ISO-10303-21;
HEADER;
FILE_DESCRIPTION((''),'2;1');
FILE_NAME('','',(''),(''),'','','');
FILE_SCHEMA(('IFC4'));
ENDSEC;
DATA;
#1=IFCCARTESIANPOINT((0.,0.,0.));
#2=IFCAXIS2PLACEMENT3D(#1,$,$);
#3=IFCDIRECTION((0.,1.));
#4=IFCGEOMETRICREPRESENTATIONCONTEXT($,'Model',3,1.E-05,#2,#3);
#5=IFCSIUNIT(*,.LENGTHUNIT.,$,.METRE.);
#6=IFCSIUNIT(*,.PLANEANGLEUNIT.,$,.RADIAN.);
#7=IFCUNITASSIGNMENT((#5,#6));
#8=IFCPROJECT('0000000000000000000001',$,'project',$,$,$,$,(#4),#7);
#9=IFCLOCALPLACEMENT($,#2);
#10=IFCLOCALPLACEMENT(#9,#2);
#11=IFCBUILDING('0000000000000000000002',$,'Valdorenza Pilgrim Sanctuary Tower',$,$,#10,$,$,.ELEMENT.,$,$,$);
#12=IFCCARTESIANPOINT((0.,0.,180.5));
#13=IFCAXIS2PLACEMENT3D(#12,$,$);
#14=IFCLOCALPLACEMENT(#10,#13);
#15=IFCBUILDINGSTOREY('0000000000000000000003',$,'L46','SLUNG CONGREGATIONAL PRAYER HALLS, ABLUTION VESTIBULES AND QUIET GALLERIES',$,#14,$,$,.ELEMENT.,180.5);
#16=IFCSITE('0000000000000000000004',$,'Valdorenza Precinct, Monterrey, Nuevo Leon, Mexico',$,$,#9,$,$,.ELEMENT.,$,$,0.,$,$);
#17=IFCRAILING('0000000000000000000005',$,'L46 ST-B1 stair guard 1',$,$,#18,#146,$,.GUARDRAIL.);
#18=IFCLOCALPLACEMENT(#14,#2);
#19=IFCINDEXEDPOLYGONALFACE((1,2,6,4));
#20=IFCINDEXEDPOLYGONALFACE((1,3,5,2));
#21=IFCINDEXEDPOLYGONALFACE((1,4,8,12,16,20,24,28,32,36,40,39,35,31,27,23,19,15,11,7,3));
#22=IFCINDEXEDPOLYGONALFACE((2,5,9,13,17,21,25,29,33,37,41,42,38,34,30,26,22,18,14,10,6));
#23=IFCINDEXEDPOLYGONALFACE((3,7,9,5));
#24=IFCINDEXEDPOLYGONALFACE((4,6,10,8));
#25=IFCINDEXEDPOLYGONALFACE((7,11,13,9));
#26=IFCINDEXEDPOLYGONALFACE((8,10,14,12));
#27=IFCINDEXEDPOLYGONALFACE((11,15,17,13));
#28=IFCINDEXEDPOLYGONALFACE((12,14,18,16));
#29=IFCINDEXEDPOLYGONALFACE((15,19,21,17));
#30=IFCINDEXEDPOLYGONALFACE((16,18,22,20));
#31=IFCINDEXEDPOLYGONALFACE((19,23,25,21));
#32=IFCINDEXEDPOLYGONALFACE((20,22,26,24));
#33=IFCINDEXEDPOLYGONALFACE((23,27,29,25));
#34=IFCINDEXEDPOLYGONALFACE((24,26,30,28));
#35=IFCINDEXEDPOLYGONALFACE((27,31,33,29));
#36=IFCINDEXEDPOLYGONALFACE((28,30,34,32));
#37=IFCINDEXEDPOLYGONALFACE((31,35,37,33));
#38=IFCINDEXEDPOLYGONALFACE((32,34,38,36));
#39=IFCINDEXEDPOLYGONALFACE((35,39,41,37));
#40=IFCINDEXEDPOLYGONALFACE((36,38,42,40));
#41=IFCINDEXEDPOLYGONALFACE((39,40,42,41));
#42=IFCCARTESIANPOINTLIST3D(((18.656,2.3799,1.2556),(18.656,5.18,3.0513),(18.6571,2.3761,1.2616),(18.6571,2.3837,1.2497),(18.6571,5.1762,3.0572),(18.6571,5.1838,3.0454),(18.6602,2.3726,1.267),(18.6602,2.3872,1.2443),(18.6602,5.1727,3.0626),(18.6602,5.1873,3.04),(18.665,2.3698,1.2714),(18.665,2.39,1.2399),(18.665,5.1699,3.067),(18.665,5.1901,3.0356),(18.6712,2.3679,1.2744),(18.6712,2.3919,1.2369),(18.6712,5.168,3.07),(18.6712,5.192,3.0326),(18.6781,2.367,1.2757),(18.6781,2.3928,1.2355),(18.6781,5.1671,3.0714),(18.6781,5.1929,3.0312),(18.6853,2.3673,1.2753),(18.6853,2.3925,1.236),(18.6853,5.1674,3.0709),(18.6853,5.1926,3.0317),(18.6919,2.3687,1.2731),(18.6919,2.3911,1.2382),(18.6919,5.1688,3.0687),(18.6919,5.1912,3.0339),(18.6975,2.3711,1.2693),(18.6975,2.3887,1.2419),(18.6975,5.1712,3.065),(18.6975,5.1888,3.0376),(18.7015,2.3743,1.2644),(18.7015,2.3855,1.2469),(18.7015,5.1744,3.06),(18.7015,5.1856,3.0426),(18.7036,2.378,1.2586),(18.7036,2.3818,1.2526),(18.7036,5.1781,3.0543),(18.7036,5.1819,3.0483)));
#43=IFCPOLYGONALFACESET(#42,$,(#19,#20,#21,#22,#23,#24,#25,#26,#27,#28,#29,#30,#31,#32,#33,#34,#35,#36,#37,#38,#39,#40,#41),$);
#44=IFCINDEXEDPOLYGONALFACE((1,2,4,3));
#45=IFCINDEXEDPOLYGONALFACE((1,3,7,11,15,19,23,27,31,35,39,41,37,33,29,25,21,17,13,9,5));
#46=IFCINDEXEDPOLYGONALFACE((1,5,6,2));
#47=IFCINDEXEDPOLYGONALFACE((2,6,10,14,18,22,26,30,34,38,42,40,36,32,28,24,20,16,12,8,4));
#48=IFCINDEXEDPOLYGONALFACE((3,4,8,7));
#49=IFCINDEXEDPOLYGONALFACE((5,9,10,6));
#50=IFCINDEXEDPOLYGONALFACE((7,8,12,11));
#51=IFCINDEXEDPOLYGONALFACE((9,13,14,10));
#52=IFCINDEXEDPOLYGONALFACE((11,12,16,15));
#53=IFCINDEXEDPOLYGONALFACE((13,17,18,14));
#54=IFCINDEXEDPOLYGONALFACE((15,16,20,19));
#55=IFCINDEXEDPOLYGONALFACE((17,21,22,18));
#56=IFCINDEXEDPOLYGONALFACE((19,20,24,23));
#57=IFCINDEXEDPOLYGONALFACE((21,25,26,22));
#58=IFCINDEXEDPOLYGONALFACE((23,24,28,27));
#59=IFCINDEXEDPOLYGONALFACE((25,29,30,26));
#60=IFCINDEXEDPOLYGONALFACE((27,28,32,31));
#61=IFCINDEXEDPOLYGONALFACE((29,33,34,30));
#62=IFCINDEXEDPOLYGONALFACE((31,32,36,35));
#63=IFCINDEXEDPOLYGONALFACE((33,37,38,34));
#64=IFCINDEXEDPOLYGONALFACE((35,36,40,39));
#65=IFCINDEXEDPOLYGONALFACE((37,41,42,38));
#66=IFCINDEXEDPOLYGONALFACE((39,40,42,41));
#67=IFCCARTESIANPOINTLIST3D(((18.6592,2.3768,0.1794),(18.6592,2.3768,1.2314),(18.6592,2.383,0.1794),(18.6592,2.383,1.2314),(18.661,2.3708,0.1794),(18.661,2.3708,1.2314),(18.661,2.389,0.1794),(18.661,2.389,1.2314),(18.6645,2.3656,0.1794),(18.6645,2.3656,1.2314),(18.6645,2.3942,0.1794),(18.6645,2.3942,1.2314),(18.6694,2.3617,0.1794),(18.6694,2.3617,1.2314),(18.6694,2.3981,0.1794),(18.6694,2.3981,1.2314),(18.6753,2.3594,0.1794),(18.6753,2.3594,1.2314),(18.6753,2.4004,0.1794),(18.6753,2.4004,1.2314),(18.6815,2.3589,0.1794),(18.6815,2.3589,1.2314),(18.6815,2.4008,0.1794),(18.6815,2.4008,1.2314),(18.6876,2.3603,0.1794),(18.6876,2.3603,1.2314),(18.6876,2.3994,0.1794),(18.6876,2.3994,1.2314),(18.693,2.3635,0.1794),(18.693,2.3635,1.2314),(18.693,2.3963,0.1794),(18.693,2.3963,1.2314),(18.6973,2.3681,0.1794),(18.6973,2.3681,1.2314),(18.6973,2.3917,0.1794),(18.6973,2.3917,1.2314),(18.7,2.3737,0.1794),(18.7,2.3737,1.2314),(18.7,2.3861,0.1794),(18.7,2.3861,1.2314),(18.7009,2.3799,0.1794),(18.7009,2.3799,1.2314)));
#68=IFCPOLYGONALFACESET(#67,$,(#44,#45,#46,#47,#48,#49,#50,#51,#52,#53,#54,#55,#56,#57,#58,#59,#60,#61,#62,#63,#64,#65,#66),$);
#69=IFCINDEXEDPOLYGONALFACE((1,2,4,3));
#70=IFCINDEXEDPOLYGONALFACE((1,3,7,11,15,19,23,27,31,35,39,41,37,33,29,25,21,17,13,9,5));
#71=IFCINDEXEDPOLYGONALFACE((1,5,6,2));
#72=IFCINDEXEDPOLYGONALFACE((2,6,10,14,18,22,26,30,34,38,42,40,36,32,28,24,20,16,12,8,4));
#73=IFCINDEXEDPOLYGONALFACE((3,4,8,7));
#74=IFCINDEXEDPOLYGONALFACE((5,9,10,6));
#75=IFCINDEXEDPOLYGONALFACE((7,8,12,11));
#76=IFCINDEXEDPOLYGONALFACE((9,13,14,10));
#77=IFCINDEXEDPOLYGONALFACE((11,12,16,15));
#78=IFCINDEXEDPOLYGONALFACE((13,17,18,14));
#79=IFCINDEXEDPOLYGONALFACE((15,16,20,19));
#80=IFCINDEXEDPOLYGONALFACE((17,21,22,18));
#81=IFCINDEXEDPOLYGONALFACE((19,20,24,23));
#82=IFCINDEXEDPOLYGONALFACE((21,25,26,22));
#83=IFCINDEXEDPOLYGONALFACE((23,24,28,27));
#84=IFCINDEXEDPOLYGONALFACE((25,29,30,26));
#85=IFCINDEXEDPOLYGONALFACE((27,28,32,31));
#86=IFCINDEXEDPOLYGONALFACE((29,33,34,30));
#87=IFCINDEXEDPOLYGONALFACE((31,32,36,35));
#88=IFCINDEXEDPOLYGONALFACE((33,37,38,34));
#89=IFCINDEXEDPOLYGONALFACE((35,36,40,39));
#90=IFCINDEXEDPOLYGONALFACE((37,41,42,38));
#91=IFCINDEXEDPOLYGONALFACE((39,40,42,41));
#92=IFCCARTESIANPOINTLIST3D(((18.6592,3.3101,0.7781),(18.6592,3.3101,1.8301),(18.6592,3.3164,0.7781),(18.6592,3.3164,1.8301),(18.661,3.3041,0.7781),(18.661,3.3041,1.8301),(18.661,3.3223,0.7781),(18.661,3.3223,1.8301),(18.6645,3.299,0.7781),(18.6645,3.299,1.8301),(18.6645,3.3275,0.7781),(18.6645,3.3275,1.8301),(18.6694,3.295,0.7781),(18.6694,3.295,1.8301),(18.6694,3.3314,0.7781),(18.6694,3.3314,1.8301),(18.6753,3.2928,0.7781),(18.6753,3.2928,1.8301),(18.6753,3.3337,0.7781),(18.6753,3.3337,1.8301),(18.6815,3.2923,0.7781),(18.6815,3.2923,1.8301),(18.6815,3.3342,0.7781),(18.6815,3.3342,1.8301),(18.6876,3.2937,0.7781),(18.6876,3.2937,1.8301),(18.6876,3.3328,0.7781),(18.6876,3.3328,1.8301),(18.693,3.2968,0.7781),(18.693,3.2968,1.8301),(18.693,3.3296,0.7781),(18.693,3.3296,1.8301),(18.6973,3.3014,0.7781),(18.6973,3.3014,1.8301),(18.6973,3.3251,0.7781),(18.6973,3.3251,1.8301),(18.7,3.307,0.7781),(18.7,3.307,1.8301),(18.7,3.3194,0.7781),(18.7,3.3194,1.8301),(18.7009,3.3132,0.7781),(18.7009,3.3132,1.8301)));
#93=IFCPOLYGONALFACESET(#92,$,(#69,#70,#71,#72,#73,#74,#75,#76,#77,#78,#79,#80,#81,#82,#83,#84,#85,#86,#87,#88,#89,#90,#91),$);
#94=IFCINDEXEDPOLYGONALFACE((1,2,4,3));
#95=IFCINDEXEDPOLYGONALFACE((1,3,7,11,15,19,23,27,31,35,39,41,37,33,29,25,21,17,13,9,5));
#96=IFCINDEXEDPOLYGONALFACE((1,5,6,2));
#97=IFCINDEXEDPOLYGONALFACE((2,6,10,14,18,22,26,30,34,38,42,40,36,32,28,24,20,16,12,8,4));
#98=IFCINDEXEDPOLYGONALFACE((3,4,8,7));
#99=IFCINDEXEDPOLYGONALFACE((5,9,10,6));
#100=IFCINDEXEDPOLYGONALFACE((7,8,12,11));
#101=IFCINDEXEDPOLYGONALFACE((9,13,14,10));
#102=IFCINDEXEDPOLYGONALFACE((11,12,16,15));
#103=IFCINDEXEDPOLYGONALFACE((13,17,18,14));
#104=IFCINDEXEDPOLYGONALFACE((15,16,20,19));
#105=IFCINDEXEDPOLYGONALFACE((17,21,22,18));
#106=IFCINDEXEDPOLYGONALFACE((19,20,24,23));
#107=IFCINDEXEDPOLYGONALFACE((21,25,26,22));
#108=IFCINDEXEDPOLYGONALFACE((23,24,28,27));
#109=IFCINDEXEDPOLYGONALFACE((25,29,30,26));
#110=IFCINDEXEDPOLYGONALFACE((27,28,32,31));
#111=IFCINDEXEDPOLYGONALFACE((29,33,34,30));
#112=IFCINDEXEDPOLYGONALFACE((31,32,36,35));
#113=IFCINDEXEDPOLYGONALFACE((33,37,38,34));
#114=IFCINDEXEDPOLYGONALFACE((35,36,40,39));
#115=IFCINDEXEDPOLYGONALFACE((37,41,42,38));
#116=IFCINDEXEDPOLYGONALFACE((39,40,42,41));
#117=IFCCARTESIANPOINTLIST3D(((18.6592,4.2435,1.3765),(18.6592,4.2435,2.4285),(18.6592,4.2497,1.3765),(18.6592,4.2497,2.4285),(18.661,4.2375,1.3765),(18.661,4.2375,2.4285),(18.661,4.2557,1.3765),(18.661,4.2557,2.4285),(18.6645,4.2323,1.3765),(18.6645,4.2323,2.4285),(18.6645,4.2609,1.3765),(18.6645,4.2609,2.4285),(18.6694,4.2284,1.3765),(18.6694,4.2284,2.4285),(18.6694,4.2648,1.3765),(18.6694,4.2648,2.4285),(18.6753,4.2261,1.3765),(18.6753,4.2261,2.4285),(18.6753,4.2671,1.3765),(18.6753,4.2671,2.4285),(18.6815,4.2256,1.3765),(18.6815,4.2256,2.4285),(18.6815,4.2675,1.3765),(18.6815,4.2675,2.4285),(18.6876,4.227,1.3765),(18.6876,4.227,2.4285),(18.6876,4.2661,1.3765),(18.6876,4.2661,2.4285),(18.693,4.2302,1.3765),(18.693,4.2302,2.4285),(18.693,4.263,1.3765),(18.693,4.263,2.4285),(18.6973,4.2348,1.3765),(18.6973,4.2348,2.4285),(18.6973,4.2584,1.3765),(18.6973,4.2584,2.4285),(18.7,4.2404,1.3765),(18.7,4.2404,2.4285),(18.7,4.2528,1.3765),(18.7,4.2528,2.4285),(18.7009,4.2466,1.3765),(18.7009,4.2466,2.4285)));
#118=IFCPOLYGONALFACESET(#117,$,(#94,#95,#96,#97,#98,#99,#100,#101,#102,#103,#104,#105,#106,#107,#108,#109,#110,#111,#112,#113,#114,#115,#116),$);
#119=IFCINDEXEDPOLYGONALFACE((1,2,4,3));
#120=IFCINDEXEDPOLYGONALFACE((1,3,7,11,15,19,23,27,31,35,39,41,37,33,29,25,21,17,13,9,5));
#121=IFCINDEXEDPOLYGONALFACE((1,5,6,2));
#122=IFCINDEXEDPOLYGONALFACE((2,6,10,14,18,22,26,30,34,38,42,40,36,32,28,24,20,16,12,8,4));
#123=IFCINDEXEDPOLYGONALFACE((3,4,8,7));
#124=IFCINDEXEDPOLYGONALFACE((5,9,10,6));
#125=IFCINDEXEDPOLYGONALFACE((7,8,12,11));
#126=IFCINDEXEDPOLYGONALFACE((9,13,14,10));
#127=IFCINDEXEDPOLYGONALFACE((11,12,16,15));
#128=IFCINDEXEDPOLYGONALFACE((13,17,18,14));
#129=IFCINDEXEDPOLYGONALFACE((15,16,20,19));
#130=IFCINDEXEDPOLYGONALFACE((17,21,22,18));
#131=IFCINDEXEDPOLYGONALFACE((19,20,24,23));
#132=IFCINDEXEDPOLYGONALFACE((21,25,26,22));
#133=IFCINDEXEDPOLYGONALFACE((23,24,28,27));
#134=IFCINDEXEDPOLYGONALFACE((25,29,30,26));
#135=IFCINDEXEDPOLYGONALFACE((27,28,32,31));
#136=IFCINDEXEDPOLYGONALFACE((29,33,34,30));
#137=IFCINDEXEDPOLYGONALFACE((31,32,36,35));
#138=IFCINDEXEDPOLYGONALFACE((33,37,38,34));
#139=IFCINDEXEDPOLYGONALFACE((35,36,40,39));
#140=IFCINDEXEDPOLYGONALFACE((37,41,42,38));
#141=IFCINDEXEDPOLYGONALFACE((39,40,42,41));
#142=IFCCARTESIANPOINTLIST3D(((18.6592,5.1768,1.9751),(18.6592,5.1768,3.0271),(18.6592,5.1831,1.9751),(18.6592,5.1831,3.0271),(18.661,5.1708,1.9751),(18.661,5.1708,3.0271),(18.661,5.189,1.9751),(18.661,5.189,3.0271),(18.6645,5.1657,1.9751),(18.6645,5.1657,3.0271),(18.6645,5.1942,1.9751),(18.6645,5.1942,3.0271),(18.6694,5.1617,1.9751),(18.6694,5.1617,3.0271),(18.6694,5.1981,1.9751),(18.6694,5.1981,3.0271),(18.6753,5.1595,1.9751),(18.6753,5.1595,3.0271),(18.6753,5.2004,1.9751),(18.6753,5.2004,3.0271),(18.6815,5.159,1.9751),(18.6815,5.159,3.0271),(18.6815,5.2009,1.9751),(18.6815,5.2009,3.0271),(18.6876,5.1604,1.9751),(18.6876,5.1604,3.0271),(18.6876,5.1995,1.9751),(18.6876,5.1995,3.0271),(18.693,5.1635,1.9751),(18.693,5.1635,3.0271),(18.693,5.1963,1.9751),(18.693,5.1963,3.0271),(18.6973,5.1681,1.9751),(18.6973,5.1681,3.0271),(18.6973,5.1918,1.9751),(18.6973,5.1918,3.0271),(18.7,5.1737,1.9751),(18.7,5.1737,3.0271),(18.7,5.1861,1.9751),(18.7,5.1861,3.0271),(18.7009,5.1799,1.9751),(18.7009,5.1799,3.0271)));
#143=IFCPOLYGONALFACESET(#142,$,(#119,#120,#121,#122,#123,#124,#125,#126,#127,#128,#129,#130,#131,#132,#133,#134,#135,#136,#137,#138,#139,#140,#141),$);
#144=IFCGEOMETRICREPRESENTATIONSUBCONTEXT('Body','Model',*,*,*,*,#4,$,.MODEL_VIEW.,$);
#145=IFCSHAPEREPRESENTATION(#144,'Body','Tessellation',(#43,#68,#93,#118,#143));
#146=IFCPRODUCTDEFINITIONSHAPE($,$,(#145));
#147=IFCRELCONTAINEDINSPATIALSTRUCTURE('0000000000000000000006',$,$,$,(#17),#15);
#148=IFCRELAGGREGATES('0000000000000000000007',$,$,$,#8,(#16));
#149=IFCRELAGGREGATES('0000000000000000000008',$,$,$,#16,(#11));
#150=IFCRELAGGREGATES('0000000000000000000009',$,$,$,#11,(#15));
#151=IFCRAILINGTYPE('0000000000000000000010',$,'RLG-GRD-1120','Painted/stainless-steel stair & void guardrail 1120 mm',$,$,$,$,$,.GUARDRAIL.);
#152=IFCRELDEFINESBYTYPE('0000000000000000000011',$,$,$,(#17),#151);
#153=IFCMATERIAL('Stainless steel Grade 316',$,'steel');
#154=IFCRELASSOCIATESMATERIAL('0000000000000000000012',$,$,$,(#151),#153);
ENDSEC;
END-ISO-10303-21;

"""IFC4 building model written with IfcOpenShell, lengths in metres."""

from ifc_helpers import new_model, si_unit, direction, frame, origin, origin_2d, place, context, subcontext, project, spatial, circle, extrude, material, type_object, element, save


model = new_model("IFC4")

# Units and contexts
model_context = context("Model", 3, precision=1e-05, world=origin(), true_north=direction((0.0, 1.0)))
body_context = subcontext(model_context, "Body", "Model", "MODEL_VIEW")
ifc_project = project(units=[si_unit("LENGTHUNIT", "METRE"), si_unit("PLANEANGLEUNIT", "RADIAN")], contexts=[model_context])

# Site, building, storey
site_placement = place(None, origin())
site = spatial("IfcSite", under=ifc_project, at=site_placement, Name="Valdorenza Precinct, Monterrey, Nuevo Leon, Mexico", CompositionType="ELEMENT", RefElevation=0.0)
building_placement = place(site_placement, origin())
building = spatial("IfcBuilding", under=site, at=building_placement, Name="Valdorenza Pilgrim Sanctuary Tower", CompositionType="ELEMENT")
storey_placement = place(building_placement, frame((0.0, 0.0, 180.5)))
storey = spatial("IfcBuildingStorey", under=building, at=storey_placement, Name="L46", Description="SLUNG CONGREGATIONAL PRAYER HALLS, ABLUTION VESTIBULES AND QUIET GALLERIES", CompositionType="ELEMENT", Elevation=180.5)

# Railing
ifc_material_1 = material(Name="Stainless steel Grade 316", Category="steel")
railing_type_1 = type_object("IfcRailingType", Name="RLG-GRD-1120", Description="Painted/stainless-steel stair & void guardrail 1120 mm", PredefinedType="GUARDRAIL", material=ifc_material_1)
railing_1_placement = place(storey_placement, frame((18.6799, 2.3799, 0.1794)))
element("IfcRailing", 1, at=railing_1_placement, inside=storey, type_object=railing_type_1, Name="L46 ST-B1 stair guard 1", PredefinedType="GUARDRAIL", context=body_context, shape_type="SweptSolid", body=[
    extrude(circle(Radius=0.0239, at=origin_2d()), frame((0.0, 0.0, 1.0762), z_axis=(0.0, 0.841777, 0.539826), x_axis=(-1.0, 0.0, 0.0)), (0.0, 0.0, 1.0), 3.3264),
    extrude(circle(Radius=0.021, at=origin_2d()), origin(), (0.0, 0.0, 1.0), 1.052),
    extrude(circle(Radius=0.021, at=origin_2d()), frame((0.0, 0.9333, 0.5986)), (0.0, 0.0, 1.0), 1.052),
    extrude(circle(Radius=0.021, at=origin_2d()), frame((0.0, 1.8667, 1.197)), (0.0, 0.0, 1.0), 1.052),
    extrude(circle(Radius=0.021, at=origin_2d()), frame((0.0, 2.8, 1.7957)), (0.0, 0.0, 1.0), 1.052),
])

save(model, "model.ifc")
